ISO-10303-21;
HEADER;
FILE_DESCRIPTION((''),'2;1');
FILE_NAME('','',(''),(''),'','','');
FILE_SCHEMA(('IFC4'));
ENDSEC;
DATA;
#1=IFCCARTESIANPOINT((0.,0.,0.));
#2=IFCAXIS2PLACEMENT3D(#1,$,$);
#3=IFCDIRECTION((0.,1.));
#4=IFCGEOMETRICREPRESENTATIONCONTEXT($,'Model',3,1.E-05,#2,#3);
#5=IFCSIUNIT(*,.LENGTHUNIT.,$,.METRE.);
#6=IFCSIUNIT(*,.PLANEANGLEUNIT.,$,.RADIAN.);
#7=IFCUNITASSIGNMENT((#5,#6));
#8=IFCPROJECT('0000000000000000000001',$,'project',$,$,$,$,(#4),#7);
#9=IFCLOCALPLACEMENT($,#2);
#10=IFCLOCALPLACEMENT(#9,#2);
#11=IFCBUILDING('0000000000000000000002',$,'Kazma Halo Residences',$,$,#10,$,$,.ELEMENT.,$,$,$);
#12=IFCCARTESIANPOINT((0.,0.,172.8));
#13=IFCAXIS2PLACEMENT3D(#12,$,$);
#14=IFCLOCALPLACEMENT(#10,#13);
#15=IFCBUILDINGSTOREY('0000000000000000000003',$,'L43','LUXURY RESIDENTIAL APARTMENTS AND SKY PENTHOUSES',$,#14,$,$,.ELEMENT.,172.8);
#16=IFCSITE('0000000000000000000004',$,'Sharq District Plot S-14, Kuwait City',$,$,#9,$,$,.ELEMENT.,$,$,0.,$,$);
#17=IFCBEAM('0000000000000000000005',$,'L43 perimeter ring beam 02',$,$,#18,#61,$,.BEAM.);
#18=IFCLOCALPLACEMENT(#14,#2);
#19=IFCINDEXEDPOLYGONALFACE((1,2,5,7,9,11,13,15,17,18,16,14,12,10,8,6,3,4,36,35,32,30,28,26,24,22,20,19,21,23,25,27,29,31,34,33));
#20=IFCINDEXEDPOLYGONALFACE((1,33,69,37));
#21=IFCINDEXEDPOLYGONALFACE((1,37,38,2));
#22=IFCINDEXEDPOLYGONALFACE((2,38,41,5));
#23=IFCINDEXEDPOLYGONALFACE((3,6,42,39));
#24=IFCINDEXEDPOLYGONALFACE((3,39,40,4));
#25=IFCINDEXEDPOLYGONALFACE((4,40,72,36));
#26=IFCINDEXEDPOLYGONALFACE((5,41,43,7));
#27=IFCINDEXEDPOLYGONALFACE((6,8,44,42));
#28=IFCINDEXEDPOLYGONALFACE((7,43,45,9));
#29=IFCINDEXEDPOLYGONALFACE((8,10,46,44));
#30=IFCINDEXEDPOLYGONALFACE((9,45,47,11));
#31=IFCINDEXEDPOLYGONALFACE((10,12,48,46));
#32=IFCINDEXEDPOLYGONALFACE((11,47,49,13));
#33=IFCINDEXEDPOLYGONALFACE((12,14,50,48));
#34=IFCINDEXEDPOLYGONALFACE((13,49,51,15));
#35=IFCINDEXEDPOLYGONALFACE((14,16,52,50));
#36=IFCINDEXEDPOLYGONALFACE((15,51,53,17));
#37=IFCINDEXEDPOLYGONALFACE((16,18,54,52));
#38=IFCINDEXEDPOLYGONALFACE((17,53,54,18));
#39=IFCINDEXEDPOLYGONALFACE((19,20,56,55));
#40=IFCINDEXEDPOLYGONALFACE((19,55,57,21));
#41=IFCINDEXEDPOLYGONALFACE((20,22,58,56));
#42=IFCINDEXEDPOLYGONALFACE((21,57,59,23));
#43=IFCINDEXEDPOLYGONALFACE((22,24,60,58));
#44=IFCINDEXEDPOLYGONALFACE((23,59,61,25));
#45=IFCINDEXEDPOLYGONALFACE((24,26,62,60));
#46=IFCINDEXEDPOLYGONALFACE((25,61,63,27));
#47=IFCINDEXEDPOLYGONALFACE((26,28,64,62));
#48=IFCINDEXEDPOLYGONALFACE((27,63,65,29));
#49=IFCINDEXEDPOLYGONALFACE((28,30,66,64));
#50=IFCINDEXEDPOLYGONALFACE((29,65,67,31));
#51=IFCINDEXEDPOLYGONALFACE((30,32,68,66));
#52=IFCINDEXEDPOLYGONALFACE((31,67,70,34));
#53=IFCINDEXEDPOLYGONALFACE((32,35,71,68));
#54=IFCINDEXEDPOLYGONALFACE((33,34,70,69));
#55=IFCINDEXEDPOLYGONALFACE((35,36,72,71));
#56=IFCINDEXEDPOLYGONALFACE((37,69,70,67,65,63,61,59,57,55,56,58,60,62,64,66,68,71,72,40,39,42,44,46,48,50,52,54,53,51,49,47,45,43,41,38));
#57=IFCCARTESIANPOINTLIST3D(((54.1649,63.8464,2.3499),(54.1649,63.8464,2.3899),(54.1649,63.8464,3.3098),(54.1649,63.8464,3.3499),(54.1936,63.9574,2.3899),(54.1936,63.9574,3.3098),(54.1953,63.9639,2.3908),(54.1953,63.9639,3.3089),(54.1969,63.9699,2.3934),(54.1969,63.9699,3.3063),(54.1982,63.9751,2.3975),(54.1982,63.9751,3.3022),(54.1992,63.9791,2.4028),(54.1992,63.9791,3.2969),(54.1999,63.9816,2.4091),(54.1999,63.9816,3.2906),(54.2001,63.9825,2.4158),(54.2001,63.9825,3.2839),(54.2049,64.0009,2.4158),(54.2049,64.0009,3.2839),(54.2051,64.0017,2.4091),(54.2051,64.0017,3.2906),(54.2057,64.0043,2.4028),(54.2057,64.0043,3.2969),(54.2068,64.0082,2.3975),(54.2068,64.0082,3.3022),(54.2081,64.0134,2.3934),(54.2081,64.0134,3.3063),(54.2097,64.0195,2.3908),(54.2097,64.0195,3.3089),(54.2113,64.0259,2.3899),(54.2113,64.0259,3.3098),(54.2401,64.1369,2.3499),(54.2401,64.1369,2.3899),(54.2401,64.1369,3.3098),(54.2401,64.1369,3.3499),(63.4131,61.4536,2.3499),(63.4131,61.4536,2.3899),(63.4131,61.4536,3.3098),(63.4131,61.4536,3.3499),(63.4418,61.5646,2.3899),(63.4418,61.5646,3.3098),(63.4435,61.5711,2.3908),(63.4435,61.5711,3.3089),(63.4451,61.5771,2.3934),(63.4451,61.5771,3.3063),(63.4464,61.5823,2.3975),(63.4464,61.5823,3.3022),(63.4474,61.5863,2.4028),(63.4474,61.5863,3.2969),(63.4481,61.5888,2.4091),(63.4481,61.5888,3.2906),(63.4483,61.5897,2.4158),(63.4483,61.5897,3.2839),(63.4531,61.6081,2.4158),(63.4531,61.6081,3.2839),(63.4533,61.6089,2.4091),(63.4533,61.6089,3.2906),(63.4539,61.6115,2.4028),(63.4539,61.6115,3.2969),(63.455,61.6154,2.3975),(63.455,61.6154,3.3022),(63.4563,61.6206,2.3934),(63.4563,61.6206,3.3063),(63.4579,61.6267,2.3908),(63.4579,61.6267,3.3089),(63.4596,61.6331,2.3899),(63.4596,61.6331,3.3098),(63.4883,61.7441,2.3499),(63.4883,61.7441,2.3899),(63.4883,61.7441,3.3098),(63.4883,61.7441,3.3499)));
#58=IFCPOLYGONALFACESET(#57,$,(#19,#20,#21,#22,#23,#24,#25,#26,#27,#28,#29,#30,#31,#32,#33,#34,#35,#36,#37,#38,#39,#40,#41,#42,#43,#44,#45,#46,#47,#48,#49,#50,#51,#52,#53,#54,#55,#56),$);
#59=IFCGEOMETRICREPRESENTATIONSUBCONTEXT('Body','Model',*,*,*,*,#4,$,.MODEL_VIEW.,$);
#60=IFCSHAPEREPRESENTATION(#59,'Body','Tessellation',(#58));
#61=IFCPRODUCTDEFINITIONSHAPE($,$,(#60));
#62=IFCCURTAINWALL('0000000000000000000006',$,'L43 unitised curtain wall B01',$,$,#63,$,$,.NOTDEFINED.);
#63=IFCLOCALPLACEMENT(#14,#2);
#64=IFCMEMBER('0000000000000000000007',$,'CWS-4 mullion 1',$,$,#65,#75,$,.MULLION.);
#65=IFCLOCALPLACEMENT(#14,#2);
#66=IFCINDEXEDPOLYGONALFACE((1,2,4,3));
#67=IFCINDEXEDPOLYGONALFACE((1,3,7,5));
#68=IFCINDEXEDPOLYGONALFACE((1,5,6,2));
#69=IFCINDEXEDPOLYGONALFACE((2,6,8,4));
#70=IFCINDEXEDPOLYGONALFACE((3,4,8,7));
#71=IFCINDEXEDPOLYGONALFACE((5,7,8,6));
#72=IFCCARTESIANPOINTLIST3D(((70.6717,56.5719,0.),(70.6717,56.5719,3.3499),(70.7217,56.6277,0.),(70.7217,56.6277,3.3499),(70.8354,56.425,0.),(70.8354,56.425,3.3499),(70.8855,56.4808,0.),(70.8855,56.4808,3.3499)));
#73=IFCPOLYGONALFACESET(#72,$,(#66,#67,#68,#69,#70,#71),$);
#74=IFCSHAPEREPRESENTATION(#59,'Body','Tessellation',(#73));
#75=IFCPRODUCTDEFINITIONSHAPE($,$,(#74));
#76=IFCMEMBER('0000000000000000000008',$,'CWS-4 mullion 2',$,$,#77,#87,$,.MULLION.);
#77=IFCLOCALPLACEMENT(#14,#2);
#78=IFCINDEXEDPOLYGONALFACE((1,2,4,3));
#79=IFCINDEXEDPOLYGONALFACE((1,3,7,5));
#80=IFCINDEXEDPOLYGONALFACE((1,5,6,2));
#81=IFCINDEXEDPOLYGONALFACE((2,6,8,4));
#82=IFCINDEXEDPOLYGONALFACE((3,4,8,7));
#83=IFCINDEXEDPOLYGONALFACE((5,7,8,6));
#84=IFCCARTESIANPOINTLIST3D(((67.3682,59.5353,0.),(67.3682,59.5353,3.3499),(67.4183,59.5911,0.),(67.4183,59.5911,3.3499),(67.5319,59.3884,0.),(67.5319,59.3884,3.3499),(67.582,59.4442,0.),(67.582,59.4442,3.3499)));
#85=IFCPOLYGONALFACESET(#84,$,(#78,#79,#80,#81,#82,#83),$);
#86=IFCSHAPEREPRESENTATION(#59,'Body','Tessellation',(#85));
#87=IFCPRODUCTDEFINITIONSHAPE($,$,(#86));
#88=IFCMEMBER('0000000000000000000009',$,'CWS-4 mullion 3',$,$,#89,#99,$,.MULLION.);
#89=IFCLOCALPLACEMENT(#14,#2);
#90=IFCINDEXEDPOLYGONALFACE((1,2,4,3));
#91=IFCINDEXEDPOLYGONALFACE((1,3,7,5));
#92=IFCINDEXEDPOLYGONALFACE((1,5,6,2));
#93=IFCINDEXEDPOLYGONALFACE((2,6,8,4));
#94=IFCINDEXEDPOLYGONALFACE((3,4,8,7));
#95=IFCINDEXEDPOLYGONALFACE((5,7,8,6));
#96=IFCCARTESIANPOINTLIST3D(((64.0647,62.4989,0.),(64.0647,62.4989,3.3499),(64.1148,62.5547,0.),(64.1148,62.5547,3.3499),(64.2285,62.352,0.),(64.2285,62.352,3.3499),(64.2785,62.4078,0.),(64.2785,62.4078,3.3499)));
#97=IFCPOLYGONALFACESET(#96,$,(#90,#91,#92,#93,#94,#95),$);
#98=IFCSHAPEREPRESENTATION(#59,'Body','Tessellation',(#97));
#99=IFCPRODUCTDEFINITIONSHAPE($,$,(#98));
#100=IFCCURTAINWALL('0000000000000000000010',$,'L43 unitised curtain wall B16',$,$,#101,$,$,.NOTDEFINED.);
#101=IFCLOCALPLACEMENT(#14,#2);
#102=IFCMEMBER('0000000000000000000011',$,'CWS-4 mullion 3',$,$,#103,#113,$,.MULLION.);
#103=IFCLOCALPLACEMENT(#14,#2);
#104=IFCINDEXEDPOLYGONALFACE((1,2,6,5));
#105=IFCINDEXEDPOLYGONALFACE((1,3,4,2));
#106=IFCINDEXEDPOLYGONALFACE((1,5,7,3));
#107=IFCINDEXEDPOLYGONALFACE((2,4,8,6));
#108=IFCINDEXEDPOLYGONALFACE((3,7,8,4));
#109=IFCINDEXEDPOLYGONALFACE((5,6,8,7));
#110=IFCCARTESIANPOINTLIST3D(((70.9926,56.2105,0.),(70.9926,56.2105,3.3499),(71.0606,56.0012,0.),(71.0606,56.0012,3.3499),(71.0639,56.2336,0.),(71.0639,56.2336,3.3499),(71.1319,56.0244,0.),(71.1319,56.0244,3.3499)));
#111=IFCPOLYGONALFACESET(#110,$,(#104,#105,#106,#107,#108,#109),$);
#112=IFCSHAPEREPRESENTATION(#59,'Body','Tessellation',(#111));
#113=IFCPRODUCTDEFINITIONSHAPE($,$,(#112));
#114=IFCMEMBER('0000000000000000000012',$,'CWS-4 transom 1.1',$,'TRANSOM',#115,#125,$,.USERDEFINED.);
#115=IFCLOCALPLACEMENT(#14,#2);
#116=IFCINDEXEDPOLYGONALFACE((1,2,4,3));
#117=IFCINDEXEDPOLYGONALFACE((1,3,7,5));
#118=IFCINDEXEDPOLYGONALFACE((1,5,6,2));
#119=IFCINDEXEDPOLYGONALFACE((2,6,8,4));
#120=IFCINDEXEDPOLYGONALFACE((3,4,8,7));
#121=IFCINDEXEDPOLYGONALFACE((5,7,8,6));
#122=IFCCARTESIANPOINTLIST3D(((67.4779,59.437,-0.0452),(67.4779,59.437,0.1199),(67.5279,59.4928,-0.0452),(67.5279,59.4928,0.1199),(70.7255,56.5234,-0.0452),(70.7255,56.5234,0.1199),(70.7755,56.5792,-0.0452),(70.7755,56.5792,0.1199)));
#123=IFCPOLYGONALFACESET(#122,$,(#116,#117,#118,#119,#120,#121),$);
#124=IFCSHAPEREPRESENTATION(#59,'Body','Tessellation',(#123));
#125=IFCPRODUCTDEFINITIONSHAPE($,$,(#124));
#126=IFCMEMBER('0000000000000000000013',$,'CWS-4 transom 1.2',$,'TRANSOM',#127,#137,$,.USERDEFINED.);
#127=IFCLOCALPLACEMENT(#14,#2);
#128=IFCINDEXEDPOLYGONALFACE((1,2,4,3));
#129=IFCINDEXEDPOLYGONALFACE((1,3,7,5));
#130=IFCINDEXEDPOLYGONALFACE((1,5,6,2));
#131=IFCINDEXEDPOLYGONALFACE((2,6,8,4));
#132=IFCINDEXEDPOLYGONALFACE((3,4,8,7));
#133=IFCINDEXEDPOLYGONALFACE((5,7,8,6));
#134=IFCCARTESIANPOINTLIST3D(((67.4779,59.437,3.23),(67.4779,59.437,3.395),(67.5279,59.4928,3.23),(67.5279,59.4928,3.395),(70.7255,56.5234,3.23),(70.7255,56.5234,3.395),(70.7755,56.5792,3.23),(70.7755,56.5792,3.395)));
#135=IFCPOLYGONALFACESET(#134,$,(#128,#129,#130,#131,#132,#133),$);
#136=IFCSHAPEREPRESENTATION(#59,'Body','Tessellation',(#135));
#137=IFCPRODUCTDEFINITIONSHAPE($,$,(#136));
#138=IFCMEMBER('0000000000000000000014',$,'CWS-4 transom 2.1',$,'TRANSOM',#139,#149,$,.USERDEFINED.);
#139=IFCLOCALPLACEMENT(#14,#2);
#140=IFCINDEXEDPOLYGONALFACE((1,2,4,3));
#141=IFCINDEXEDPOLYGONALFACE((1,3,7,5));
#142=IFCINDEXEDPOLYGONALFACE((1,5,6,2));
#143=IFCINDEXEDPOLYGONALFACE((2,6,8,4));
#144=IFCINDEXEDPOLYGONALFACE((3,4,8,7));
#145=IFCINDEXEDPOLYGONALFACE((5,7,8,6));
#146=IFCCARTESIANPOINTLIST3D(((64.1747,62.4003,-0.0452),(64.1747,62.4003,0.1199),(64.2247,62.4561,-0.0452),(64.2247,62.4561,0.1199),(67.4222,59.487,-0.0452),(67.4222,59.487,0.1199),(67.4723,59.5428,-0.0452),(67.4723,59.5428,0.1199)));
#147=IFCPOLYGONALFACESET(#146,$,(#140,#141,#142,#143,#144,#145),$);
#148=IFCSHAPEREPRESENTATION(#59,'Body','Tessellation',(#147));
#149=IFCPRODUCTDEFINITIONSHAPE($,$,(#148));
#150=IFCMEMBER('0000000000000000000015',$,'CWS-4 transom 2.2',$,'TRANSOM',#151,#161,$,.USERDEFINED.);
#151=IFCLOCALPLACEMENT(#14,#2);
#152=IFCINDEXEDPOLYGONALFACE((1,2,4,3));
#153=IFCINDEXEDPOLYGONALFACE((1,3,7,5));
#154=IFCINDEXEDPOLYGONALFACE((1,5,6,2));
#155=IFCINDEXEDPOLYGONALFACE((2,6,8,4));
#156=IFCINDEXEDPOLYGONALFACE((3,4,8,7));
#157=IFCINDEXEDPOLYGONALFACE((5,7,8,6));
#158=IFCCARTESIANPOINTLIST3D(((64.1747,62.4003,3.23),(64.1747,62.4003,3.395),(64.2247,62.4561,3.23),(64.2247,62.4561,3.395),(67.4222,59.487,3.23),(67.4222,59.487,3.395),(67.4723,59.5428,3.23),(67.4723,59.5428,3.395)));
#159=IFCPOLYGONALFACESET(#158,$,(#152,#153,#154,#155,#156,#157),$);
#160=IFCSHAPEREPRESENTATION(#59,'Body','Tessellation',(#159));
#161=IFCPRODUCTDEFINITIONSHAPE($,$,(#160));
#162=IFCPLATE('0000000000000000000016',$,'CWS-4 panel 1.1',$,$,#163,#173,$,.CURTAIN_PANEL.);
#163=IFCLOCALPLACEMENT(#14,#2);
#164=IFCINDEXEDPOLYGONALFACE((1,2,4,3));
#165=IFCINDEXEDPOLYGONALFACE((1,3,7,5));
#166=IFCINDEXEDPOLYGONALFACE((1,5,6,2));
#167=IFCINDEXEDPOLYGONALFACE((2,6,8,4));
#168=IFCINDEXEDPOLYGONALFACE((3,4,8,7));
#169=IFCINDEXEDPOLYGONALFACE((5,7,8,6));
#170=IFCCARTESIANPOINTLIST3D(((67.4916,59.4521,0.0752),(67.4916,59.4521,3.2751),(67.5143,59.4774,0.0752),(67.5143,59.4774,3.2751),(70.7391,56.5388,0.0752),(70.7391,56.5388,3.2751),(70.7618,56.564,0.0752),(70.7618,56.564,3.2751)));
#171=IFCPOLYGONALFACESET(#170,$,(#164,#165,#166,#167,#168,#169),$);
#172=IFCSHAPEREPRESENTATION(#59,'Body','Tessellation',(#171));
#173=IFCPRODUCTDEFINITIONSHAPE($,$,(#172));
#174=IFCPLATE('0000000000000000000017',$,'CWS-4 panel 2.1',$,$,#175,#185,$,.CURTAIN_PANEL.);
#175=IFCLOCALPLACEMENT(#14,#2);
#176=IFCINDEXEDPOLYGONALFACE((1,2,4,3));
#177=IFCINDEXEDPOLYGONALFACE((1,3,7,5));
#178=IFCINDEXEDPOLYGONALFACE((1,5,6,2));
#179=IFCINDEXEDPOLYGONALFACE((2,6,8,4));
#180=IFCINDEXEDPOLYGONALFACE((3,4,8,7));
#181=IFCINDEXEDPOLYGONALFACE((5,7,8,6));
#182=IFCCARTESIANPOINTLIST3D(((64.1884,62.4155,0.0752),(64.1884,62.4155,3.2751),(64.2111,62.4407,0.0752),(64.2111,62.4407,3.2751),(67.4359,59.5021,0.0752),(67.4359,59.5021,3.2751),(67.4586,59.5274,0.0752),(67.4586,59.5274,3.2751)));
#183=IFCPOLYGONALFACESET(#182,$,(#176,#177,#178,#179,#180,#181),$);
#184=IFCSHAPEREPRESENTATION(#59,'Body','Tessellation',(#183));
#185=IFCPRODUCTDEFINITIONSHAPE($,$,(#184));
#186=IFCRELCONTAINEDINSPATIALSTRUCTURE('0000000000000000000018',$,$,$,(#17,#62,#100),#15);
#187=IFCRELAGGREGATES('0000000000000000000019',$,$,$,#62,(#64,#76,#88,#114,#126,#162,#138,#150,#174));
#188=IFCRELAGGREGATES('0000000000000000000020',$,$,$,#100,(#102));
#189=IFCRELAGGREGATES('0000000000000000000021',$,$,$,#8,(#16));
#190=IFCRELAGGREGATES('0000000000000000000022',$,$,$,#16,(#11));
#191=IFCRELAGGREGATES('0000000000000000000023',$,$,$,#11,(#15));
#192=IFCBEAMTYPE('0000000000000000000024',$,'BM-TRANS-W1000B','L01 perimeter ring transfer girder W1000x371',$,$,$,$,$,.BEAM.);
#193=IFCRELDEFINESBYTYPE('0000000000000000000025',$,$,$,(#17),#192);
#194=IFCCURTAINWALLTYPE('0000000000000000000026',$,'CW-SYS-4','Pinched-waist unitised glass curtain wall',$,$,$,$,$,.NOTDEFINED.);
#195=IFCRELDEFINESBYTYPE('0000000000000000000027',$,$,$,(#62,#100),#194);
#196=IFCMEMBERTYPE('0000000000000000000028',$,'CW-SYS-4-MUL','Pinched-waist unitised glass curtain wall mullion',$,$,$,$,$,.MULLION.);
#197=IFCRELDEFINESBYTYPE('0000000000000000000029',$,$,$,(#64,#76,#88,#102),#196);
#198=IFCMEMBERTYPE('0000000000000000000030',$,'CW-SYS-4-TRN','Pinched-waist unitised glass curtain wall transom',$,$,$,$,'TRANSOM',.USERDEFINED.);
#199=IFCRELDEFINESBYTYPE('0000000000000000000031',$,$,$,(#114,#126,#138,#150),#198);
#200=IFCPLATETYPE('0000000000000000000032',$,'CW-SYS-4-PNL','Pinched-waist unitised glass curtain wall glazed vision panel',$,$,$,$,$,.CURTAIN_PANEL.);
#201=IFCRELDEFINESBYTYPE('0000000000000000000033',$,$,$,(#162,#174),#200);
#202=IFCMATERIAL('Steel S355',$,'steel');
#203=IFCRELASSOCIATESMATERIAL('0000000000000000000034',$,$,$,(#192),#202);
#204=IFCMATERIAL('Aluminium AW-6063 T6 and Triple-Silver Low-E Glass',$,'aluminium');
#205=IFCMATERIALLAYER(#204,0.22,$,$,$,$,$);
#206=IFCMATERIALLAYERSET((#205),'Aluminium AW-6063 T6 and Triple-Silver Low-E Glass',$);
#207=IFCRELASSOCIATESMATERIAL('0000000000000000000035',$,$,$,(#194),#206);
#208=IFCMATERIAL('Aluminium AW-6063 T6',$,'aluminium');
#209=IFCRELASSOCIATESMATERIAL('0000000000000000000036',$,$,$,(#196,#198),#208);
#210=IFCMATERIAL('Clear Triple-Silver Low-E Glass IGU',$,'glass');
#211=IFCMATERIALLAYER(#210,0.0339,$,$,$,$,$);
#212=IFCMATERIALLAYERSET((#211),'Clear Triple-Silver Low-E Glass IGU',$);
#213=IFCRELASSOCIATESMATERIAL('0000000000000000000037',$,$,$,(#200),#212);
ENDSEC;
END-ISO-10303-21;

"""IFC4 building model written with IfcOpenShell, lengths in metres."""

from ifc_helpers import new_model, si_unit, direction, frame, origin, origin_2d, place, context, subcontext, project, spatial, rectangle, i_section, extrude, material, layer, layer_set, material_profile, profile_set, type_object, element, aggregate, save


model = new_model("IFC4")

# Units and contexts
model_context = context("Model", 3, precision=1e-05, world=origin(), true_north=direction((0.0, 1.0)))
body_context = subcontext(model_context, "Body", "Model", "MODEL_VIEW")
ifc_project = project(units=[si_unit("LENGTHUNIT", "METRE"), si_unit("PLANEANGLEUNIT", "RADIAN")], contexts=[model_context])

# Site, building, storey
site_placement = place(None, origin())
site = spatial("IfcSite", under=ifc_project, at=site_placement, Name="Sharq District Plot S-14, Kuwait City", CompositionType="ELEMENT", RefElevation=0.0)
building_placement = place(site_placement, origin())
building = spatial("IfcBuilding", under=site, at=building_placement, Name="Kazma Halo Residences", CompositionType="ELEMENT")
storey_placement = place(building_placement, frame((0.0, 0.0, 172.8)))
storey = spatial("IfcBuildingStorey", under=building, at=storey_placement, Name="L43", Description="LUXURY RESIDENTIAL APARTMENTS AND SKY PENTHOUSES", CompositionType="ELEMENT", Elevation=172.8)

# Beam
ifc_material_1 = material(Name="Steel S355", Category="steel")
ifc_material_profile_1 = material_profile(ifc_material_1, i_section(OverallWidth=0.3, OverallDepth=1.0, WebThickness=0.019, FlangeThickness=0.04, FilletRadius=0.0259, at=origin_2d()), Name="W1000x371")
ifc_profile_set_1 = profile_set([ifc_material_profile_1], Name="Steel S355")
beam_type_1 = type_object("IfcBeamType", Name="BM-TRANS-W1000B", Description="L01 perimeter ring transfer girder W1000x371", PredefinedType="BEAM", material=ifc_profile_set_1)
beam_1_placement = place(storey_placement, frame((63.4507, 61.5989, 2.8499), z_axis=(-0.968121, 0.250483, 0.0), x_axis=(-0.250483, -0.968121, 0.0)))
element("IfcBeam", 1, at=beam_1_placement, inside=storey, type_object=beam_type_1, Name="L43 perimeter ring beam 02", PredefinedType="BEAM", context=body_context, shape_type="SweptSolid", body=[
    extrude(i_section(OverallWidth=0.3, OverallDepth=1.0, WebThickness=0.019, FlangeThickness=0.04, FilletRadius=0.0259, at=origin_2d()), origin(), (0.0, 0.0, 1.0), 9.5527),
])

# Curtain wall, members
ifc_material_2 = material(Name="Aluminium AW-6063 T6 and Triple-Silver Low-E Glass", Category="aluminium")
ifc_layer_1 = layer(ifc_material_2, 0.22)
ifc_layer_set_1 = layer_set([ifc_layer_1], Name="Aluminium AW-6063 T6 and Triple-Silver Low-E Glass")
curtain_wall_type = type_object("IfcCurtainWallType", Name="CW-SYS-4", Description="Pinched-waist unitised glass curtain wall", PredefinedType="NOTDEFINED", material=ifc_layer_set_1)
curtain_wall_1_placement = place(storey_placement, origin())
curtain_wall_1 = element("IfcCurtainWall", 2, at=curtain_wall_1_placement, inside=storey, type_object=curtain_wall_type, Name="L43 unitised curtain wall B01", PredefinedType="NOTDEFINED")
ifc_material_3 = material(Name="Aluminium AW-6063 T6", Category="aluminium")
ifc_material_profile_2 = material_profile(ifc_material_3, rectangle(XDim=0.075, YDim=0.22, at=origin_2d()), Name="CWM-75x220")
ifc_profile_set_2 = profile_set([ifc_material_profile_2], Name="Aluminium AW-6063 T6")
member_type_1 = type_object("IfcMemberType", Name="CW-SYS-4-MUL", Description="Pinched-waist unitised glass curtain wall mullion", PredefinedType="MULLION", material=ifc_profile_set_2)
member_1_placement = place(storey_placement, frame((70.7786, 56.5264, 0.0), z_axis=(0.0, 0.0, 1.0), x_axis=(-0.66777, -0.744368, 0.0)))
member_1 = element("IfcMember", 3, at=member_1_placement, type_object=member_type_1, Name="CWS-4 mullion 1", PredefinedType="MULLION", context=body_context, shape_type="SweptSolid", body=[
    extrude(rectangle(XDim=0.075, YDim=0.22, at=origin_2d()), origin(), (0.0, 0.0, 1.0), 3.3499),
])
member_2_placement = place(storey_placement, frame((67.4751, 59.4897, 0.0), z_axis=(0.0, 0.0, 1.0), x_axis=(-0.66777, -0.744368, 0.0)))
member_2 = element("IfcMember", 4, at=member_2_placement, type_object=member_type_1, Name="CWS-4 mullion 2", PredefinedType="MULLION", context=body_context, shape_type="SweptSolid", body=[
    extrude(rectangle(XDim=0.075, YDim=0.22, at=origin_2d()), origin(), (0.0, 0.0, 1.0), 3.3499),
])
member_3_placement = place(storey_placement, frame((64.1716, 62.4534, 0.0), z_axis=(0.0, 0.0, 1.0), x_axis=(-0.66777, -0.744368, 0.0)))
member_3 = element("IfcMember", 5, at=member_3_placement, type_object=member_type_1, Name="CWS-4 mullion 3", PredefinedType="MULLION", context=body_context, shape_type="SweptSolid", body=[
    extrude(rectangle(XDim=0.075, YDim=0.22, at=origin_2d()), origin(), (0.0, 0.0, 1.0), 3.3499),
])

# Curtain wall, member
curtain_wall_2_placement = place(storey_placement, origin())
curtain_wall_2 = element("IfcCurtainWall", 6, at=curtain_wall_2_placement, inside=storey, type_object=curtain_wall_type, Name="L43 unitised curtain wall B16", PredefinedType="NOTDEFINED")
member_4_placement = place(storey_placement, frame((71.0623, 56.1174, 0.0), z_axis=(0.0, 0.0, 1.0), x_axis=(-0.951058, -0.309014, 0.0)))
member_4 = element("IfcMember", 7, at=member_4_placement, type_object=member_type_1, Name="CWS-4 mullion 3", PredefinedType="MULLION", context=body_context, shape_type="SweptSolid", body=[
    extrude(rectangle(XDim=0.075, YDim=0.22, at=origin_2d()), origin(), (0.0, 0.0, 1.0), 3.3499),
])

# Members
ifc_material_profile_3 = material_profile(ifc_material_3, rectangle(XDim=0.075, YDim=0.165, at=origin_2d()), Name="CWT-75x165")
ifc_profile_set_3 = profile_set([ifc_material_profile_3], Name="Aluminium AW-6063 T6")
member_type_2 = type_object("IfcMemberType", Name="CW-SYS-4-TRN", Description="Pinched-waist unitised glass curtain wall transom", ElementType="TRANSOM", PredefinedType="USERDEFINED", material=ifc_profile_set_3)
member_5_placement = place(storey_placement, frame((70.7505, 56.5513, 0.0374), z_axis=(-0.744345, 0.667795, 0.0), x_axis=(-0.667795, -0.744345, 0.0)))
member_5 = element("IfcMember", 8, at=member_5_placement, type_object=member_type_2, Name="CWS-4 transom 1.1", ObjectType="TRANSOM", PredefinedType="USERDEFINED", context=body_context, shape_type="SweptSolid", body=[
    extrude(rectangle(XDim=0.075, YDim=0.165, at=origin_2d()), origin(), (0.0, 0.0, 1.0), 4.363),
])
member_6_placement = place(storey_placement, frame((70.7505, 56.5513, 3.3125), z_axis=(-0.744345, 0.667795, 0.0), x_axis=(-0.667795, -0.744345, 0.0)))
member_6 = element("IfcMember", 9, at=member_6_placement, type_object=member_type_2, Name="CWS-4 transom 1.2", ObjectType="TRANSOM", PredefinedType="USERDEFINED", context=body_context, shape_type="SweptSolid", body=[
    extrude(rectangle(XDim=0.075, YDim=0.165, at=origin_2d()), origin(), (0.0, 0.0, 1.0), 4.363),
])
member_7_placement = place(storey_placement, frame((67.4473, 59.5149, 0.0374), z_axis=(-0.744373, 0.667764, 0.0), x_axis=(-0.667764, -0.744373, 0.0)))
member_7 = element("IfcMember", 10, at=member_7_placement, type_object=member_type_2, Name="CWS-4 transom 2.1", ObjectType="TRANSOM", PredefinedType="USERDEFINED", context=body_context, shape_type="SweptSolid", body=[
    extrude(rectangle(XDim=0.075, YDim=0.165, at=origin_2d()), origin(), (0.0, 0.0, 1.0), 4.3628),
])
member_8_placement = place(storey_placement, frame((67.4473, 59.5149, 3.3125), z_axis=(-0.744373, 0.667764, 0.0), x_axis=(-0.667764, -0.744373, 0.0)))
member_8 = element("IfcMember", 11, at=member_8_placement, type_object=member_type_2, Name="CWS-4 transom 2.2", ObjectType="TRANSOM", PredefinedType="USERDEFINED", context=body_context, shape_type="SweptSolid", body=[
    extrude(rectangle(XDim=0.075, YDim=0.165, at=origin_2d()), origin(), (0.0, 0.0, 1.0), 4.3628),
])

# Plates
ifc_material_4 = material(Name="Clear Triple-Silver Low-E Glass IGU", Category="glass")
ifc_layer_2 = layer(ifc_material_4, 0.0339)
ifc_layer_set_2 = layer_set([ifc_layer_2], Name="Clear Triple-Silver Low-E Glass IGU")
plate_type = type_object("IfcPlateType", Name="CW-SYS-4-PNL", Description="Pinched-waist unitised glass curtain wall glazed vision panel", PredefinedType="CURTAIN_PANEL", material=ifc_layer_set_2)
plate_1_placement = place(storey_placement, frame((69.1267, 58.0081, 0.0752), z_axis=(0.0, 0.0, 1.0), x_axis=(-0.744368, 0.66777, 0.0)))
plate_1 = element("IfcPlate", 12, at=plate_1_placement, type_object=plate_type, Name="CWS-4 panel 1.1", PredefinedType="CURTAIN_PANEL", context=body_context, shape_type="SweptSolid", body=[
    extrude(rectangle(XDim=4.3628, YDim=0.0339, at=origin_2d()), origin(), (0.0, 0.0, 1.0), 3.2),
])
plate_2_placement = place(storey_placement, frame((65.8235, 60.9714, 0.0752), z_axis=(0.0, 0.0, 1.0), x_axis=(-0.744368, 0.66777, 0.0)))
plate_2 = element("IfcPlate", 13, at=plate_2_placement, type_object=plate_type, Name="CWS-4 panel 2.1", PredefinedType="CURTAIN_PANEL", context=body_context, shape_type="SweptSolid", body=[
    extrude(rectangle(XDim=4.3628, YDim=0.0339, at=origin_2d()), origin(), (0.0, 0.0, 1.0), 3.2),
])
aggregate(curtain_wall_1, [member_1, member_2, member_3, member_5, member_6, plate_1, member_7, member_8, plate_2])
aggregate(curtain_wall_2, [member_4])

save(model, "model.ifc")
